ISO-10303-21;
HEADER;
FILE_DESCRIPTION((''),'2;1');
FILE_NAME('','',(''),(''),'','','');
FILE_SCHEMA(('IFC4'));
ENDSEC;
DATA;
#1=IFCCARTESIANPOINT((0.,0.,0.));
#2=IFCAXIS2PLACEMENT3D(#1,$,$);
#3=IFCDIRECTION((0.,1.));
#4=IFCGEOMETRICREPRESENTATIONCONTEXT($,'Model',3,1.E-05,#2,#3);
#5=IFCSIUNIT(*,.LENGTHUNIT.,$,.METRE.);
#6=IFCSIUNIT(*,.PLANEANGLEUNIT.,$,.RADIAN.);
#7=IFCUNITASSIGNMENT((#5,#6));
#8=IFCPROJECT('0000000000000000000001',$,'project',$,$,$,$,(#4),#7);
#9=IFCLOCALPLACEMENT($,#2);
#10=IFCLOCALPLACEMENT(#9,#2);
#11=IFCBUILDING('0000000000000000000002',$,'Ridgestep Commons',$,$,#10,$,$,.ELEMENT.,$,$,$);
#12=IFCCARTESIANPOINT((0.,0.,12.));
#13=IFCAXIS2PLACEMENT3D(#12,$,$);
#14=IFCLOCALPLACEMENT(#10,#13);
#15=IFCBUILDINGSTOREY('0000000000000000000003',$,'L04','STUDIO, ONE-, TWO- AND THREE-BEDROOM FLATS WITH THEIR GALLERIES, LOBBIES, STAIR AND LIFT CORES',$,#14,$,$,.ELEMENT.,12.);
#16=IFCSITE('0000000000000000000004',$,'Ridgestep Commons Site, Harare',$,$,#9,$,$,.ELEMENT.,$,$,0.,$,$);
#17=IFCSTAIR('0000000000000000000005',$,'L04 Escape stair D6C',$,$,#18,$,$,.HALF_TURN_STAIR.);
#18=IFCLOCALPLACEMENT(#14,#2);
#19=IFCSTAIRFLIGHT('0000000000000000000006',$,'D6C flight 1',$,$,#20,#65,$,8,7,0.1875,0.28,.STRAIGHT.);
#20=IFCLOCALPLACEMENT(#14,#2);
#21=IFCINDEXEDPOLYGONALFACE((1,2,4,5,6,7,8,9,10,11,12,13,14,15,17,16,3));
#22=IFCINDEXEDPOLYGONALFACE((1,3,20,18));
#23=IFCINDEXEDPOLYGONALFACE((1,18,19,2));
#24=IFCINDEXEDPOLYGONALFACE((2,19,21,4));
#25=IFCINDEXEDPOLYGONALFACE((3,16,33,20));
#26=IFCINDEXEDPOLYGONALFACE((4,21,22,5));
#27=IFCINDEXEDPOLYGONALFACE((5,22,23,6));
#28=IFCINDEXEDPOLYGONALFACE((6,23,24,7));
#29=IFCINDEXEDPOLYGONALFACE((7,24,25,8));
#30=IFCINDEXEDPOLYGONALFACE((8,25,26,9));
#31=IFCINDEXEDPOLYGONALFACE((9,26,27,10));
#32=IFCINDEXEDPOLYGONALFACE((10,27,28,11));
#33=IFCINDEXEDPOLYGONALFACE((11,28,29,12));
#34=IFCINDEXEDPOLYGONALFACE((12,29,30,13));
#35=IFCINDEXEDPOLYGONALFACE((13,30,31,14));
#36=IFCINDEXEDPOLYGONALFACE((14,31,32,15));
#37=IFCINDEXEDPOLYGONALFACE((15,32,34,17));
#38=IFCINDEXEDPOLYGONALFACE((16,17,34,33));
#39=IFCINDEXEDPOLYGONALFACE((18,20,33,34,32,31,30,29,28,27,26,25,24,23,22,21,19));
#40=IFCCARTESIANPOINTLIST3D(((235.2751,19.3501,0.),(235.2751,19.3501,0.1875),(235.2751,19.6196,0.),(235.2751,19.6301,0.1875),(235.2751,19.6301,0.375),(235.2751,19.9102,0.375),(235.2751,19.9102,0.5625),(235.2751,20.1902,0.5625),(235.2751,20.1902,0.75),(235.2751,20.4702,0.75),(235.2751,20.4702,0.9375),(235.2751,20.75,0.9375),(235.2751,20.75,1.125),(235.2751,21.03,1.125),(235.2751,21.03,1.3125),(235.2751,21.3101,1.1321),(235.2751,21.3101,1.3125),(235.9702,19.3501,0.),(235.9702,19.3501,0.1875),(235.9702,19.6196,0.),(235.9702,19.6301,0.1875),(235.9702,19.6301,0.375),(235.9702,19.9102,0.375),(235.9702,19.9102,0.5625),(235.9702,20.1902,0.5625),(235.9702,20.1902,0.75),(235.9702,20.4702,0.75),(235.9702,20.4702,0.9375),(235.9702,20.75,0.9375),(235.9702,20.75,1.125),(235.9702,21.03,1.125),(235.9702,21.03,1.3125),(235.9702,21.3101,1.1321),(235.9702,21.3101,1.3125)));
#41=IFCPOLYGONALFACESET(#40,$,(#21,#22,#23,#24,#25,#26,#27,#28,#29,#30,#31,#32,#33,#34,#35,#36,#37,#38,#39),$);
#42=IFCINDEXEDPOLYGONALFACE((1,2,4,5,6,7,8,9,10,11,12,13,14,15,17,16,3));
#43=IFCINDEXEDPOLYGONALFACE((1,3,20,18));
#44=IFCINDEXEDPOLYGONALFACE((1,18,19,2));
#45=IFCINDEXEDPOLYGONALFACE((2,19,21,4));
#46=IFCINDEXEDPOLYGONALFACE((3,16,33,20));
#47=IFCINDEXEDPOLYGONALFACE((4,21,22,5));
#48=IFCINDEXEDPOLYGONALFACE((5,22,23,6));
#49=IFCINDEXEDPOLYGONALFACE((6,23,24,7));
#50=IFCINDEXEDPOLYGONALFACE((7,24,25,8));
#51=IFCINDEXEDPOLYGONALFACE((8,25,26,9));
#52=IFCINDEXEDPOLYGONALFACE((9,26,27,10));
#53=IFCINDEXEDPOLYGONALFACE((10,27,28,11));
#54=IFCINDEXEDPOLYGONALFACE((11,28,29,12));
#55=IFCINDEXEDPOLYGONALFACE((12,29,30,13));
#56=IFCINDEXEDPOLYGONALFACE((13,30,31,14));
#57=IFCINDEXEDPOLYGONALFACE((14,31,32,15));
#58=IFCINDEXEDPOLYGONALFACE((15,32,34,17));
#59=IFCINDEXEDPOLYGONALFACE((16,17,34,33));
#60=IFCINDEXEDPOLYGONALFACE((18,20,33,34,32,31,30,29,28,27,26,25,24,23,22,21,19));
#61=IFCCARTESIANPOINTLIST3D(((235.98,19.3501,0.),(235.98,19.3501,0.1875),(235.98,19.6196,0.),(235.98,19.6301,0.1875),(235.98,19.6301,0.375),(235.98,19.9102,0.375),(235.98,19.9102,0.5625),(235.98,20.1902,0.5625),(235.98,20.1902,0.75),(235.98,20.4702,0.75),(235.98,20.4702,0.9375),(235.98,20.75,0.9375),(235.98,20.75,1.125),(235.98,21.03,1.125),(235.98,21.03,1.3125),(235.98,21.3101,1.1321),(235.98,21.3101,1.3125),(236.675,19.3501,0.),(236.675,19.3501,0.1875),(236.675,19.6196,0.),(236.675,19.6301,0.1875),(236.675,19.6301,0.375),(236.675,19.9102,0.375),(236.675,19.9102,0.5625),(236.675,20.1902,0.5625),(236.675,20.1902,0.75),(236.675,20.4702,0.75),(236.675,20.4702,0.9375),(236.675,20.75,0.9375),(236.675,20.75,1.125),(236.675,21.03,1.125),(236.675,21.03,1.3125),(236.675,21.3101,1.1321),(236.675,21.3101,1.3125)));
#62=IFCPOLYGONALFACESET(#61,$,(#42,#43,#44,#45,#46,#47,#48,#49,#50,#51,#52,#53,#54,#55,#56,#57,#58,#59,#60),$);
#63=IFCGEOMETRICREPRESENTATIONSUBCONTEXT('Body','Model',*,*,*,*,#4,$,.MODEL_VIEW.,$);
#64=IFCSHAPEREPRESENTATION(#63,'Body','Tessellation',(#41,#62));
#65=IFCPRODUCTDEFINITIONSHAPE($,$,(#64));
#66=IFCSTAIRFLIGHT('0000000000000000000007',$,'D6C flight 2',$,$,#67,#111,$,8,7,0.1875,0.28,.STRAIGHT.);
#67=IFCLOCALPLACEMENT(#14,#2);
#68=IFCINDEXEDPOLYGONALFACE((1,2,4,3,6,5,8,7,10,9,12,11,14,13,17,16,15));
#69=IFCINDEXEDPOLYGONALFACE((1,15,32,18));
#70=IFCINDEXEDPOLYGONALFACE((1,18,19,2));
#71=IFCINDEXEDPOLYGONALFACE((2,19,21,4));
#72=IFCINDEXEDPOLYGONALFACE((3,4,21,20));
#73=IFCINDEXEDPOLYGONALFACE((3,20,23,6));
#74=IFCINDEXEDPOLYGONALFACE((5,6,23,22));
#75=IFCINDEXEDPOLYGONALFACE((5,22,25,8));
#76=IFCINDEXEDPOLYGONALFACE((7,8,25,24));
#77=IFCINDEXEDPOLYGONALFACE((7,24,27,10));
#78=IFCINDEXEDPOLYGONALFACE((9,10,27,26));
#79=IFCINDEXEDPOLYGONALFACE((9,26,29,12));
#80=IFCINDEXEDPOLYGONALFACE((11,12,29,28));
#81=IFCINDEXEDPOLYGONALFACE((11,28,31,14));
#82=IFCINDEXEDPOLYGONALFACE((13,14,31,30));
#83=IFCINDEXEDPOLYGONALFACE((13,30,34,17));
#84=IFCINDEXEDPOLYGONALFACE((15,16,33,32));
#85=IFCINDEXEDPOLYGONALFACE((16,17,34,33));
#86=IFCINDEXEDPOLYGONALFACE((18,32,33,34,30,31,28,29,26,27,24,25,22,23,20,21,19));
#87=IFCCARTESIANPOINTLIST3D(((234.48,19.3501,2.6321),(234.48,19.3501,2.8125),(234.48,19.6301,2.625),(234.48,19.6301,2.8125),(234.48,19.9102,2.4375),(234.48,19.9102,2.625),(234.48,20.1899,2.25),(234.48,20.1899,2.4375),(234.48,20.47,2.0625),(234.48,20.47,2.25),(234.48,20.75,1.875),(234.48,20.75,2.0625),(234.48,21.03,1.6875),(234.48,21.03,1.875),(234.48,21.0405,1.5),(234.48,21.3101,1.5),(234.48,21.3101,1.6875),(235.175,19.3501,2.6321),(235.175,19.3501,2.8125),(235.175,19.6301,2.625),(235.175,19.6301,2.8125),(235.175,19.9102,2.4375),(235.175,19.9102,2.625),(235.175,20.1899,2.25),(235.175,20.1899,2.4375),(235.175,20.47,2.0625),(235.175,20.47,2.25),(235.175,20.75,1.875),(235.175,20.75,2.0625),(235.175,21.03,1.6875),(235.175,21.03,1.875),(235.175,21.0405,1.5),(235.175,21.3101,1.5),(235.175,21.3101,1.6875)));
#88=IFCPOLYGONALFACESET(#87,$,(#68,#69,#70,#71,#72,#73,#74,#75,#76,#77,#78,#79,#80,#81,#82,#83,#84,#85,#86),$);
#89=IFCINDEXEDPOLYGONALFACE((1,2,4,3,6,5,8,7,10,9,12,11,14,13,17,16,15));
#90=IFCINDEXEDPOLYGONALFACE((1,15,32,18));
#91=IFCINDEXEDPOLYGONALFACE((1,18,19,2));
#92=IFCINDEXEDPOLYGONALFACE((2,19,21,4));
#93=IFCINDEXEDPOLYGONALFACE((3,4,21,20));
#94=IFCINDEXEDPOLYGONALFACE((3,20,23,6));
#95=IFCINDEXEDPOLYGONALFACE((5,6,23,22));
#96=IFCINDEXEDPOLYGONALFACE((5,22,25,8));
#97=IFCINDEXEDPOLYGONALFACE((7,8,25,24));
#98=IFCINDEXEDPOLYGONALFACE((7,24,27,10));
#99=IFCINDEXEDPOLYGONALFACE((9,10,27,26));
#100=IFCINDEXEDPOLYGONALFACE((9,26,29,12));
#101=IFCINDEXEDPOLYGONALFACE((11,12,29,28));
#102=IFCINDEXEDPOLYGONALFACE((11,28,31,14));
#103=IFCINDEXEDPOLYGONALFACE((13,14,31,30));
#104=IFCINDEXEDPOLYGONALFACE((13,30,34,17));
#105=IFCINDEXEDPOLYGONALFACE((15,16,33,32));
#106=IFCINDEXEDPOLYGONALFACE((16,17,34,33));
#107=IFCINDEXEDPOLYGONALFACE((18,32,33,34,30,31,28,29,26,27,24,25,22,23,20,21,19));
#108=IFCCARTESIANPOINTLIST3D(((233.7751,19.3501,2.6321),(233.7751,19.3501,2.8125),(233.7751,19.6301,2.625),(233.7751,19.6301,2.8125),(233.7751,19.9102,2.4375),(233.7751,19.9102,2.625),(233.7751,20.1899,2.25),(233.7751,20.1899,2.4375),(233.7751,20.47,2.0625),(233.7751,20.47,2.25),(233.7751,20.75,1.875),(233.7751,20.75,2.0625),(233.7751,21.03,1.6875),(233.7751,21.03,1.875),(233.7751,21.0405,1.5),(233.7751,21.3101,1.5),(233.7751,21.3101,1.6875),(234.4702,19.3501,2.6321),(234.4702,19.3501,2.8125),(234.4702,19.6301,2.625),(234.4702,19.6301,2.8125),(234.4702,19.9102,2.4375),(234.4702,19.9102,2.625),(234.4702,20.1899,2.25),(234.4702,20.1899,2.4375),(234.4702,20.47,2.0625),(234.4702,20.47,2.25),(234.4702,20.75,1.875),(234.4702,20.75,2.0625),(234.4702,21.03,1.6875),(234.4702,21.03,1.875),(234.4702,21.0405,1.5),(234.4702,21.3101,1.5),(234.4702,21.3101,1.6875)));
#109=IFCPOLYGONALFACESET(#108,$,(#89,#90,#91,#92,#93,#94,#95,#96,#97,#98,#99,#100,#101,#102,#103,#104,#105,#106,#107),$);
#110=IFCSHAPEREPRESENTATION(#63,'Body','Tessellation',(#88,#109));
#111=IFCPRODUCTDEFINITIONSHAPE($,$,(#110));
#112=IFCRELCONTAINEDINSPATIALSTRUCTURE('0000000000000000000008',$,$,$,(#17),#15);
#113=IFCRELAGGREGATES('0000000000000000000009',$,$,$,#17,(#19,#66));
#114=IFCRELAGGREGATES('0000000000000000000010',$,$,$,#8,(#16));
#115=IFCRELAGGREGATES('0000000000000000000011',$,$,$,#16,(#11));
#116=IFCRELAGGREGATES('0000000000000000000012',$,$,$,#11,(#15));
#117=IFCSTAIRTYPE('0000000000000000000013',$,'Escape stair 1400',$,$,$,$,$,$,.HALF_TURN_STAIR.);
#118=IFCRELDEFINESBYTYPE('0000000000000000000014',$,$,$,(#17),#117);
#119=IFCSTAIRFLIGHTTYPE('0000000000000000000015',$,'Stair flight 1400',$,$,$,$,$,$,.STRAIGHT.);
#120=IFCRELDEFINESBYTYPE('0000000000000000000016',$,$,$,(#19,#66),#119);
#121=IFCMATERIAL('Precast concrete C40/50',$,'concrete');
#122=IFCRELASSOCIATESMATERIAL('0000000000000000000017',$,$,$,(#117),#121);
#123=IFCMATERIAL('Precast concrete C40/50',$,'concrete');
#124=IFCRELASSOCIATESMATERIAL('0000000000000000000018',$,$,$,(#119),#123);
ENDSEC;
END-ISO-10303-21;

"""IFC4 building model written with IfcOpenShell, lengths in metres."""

from ifc_helpers import new_model, si_unit, direction, frame, origin, place, context, subcontext, project, spatial, polyline, outline, extrude, material, type_object, element, aggregate, save


model = new_model("IFC4")

# Units and contexts
model_context = context("Model", 3, precision=1e-05, world=origin(), true_north=direction((0.0, 1.0)))
body_context = subcontext(model_context, "Body", "Model", "MODEL_VIEW")
ifc_project = project(units=[si_unit("LENGTHUNIT", "METRE"), si_unit("PLANEANGLEUNIT", "RADIAN")], contexts=[model_context])

# Site, building, storey
site_placement = place(None, origin())
site = spatial("IfcSite", under=ifc_project, at=site_placement, Name="Ridgestep Commons Site, Harare", CompositionType="ELEMENT", RefElevation=0.0)
building_placement = place(site_placement, origin())
building = spatial("IfcBuilding", under=site, at=building_placement, Name="Ridgestep Commons", CompositionType="ELEMENT")
storey_placement = place(building_placement, frame((0.0, 0.0, 12.0)))
storey = spatial("IfcBuildingStorey", under=building, at=storey_placement, Name="L04", Description="STUDIO, ONE-, TWO- AND THREE-BEDROOM FLATS WITH THEIR GALLERIES, LOBBIES, STAIR AND LIFT CORES", CompositionType="ELEMENT", Elevation=12.0)

# Stair, stair flights
ifc_material_1 = material(Name="Precast concrete C40/50", Category="concrete")
stair_type = type_object("IfcStairType", Name="Escape stair 1400", PredefinedType="HALF_TURN_STAIR", material=ifc_material_1)
stair_placement = place(storey_placement, origin())
stair = element("IfcStair", 1, at=stair_placement, inside=storey, type_object=stair_type, Name="L04 Escape stair D6C", PredefinedType="HALF_TURN_STAIR")
ifc_material_2 = material(Name="Precast concrete C40/50", Category="concrete")
stair_flight_type = type_object("IfcStairFlightType", Name="Stair flight 1400", PredefinedType="STRAIGHT", material=ifc_material_2)
stair_flight_1_placement = place(storey_placement, frame((235.9751, 19.3501, 0.0), z_axis=(0.0, 0.0, 1.0), x_axis=(0.0, 1.0, 0.0)))
stair_flight_1 = element("IfcStairFlight", 2, at=stair_flight_1_placement, type_object=stair_flight_type, Name="D6C flight 1", NumberOfRisers=8, NumberOfTreads=7, PredefinedType="STRAIGHT", RiserHeight=0.1875, TreadLength=0.28, context=body_context, shape_type="SweptSolid", body=[
    extrude(outline(polyline([(0.0, 0.0), (0.0, 0.1875), (0.28, 0.1875), (0.28, 0.375), (0.5601, 0.375), (0.5601, 0.5625), (0.8401, 0.5625), (0.8401, 0.75), (1.1201, 0.75), (1.1201, 0.9375), (1.3999, 0.9375), (1.3999, 1.125), (1.6799, 1.125), (1.6799, 1.3125), (1.96, 1.3125), (1.96, 1.5), (1.96, 1.1321), (0.2695, 0.0), (0.0, 0.0)])), frame((0.0, 0.7, 0.0), z_axis=(0.0, -1.0, 0.0), x_axis=(1.0, 0.0, 0.0)), (0.0, 0.0, 1.0), 0.6951),
    extrude(outline(polyline([(0.0, 0.0), (0.0, 0.1875), (0.28, 0.1875), (0.28, 0.375), (0.5601, 0.375), (0.5601, 0.5625), (0.8401, 0.5625), (0.8401, 0.75), (1.1201, 0.75), (1.1201, 0.9375), (1.3999, 0.9375), (1.3999, 1.125), (1.6799, 1.125), (1.6799, 1.3125), (1.96, 1.3125), (1.96, 1.5), (1.96, 1.1321), (0.2695, 0.0), (0.0, 0.0)])), frame((0.0, -0.0049, 0.0), z_axis=(0.0, -1.0, 0.0), x_axis=(1.0, 0.0, 0.0)), (0.0, 0.0, 1.0), 0.6951),
])
stair_flight_2_placement = place(storey_placement, frame((234.4751, 21.3101, 1.5), z_axis=(0.0, 0.0, 1.0), x_axis=(0.0, -1.0, 0.0)))
stair_flight_2 = element("IfcStairFlight", 3, at=stair_flight_2_placement, type_object=stair_flight_type, Name="D6C flight 2", NumberOfRisers=8, NumberOfTreads=7, PredefinedType="STRAIGHT", RiserHeight=0.1875, TreadLength=0.28, context=body_context, shape_type="SweptSolid", body=[
    extrude(outline(polyline([(0.0, 0.0), (0.0, 0.1875), (0.28, 0.1875), (0.28, 0.375), (0.5601, 0.375), (0.5601, 0.5625), (0.8401, 0.5625), (0.8401, 0.75), (1.1201, 0.75), (1.1201, 0.9375), (1.3999, 0.9375), (1.3999, 1.125), (1.6799, 1.125), (1.6799, 1.3125), (1.96, 1.3125), (1.96, 1.5), (1.96, 1.1321), (0.2695, 0.0), (0.0, 0.0)])), frame((0.0, 0.7, 0.0), z_axis=(0.0, -1.0, 0.0), x_axis=(1.0, 0.0, 0.0)), (0.0, 0.0, 1.0), 0.6951),
    extrude(outline(polyline([(0.0, 0.0), (0.0, 0.1875), (0.28, 0.1875), (0.28, 0.375), (0.5601, 0.375), (0.5601, 0.5625), (0.8401, 0.5625), (0.8401, 0.75), (1.1201, 0.75), (1.1201, 0.9375), (1.3999, 0.9375), (1.3999, 1.125), (1.6799, 1.125), (1.6799, 1.3125), (1.96, 1.3125), (1.96, 1.5), (1.96, 1.1321), (0.2695, 0.0), (0.0, 0.0)])), frame((0.0, -0.0049, 0.0), z_axis=(0.0, -1.0, 0.0), x_axis=(1.0, 0.0, 0.0)), (0.0, 0.0, 1.0), 0.6951),
])
aggregate(stair, [stair_flight_1, stair_flight_2])

save(model, "model.ifc")
